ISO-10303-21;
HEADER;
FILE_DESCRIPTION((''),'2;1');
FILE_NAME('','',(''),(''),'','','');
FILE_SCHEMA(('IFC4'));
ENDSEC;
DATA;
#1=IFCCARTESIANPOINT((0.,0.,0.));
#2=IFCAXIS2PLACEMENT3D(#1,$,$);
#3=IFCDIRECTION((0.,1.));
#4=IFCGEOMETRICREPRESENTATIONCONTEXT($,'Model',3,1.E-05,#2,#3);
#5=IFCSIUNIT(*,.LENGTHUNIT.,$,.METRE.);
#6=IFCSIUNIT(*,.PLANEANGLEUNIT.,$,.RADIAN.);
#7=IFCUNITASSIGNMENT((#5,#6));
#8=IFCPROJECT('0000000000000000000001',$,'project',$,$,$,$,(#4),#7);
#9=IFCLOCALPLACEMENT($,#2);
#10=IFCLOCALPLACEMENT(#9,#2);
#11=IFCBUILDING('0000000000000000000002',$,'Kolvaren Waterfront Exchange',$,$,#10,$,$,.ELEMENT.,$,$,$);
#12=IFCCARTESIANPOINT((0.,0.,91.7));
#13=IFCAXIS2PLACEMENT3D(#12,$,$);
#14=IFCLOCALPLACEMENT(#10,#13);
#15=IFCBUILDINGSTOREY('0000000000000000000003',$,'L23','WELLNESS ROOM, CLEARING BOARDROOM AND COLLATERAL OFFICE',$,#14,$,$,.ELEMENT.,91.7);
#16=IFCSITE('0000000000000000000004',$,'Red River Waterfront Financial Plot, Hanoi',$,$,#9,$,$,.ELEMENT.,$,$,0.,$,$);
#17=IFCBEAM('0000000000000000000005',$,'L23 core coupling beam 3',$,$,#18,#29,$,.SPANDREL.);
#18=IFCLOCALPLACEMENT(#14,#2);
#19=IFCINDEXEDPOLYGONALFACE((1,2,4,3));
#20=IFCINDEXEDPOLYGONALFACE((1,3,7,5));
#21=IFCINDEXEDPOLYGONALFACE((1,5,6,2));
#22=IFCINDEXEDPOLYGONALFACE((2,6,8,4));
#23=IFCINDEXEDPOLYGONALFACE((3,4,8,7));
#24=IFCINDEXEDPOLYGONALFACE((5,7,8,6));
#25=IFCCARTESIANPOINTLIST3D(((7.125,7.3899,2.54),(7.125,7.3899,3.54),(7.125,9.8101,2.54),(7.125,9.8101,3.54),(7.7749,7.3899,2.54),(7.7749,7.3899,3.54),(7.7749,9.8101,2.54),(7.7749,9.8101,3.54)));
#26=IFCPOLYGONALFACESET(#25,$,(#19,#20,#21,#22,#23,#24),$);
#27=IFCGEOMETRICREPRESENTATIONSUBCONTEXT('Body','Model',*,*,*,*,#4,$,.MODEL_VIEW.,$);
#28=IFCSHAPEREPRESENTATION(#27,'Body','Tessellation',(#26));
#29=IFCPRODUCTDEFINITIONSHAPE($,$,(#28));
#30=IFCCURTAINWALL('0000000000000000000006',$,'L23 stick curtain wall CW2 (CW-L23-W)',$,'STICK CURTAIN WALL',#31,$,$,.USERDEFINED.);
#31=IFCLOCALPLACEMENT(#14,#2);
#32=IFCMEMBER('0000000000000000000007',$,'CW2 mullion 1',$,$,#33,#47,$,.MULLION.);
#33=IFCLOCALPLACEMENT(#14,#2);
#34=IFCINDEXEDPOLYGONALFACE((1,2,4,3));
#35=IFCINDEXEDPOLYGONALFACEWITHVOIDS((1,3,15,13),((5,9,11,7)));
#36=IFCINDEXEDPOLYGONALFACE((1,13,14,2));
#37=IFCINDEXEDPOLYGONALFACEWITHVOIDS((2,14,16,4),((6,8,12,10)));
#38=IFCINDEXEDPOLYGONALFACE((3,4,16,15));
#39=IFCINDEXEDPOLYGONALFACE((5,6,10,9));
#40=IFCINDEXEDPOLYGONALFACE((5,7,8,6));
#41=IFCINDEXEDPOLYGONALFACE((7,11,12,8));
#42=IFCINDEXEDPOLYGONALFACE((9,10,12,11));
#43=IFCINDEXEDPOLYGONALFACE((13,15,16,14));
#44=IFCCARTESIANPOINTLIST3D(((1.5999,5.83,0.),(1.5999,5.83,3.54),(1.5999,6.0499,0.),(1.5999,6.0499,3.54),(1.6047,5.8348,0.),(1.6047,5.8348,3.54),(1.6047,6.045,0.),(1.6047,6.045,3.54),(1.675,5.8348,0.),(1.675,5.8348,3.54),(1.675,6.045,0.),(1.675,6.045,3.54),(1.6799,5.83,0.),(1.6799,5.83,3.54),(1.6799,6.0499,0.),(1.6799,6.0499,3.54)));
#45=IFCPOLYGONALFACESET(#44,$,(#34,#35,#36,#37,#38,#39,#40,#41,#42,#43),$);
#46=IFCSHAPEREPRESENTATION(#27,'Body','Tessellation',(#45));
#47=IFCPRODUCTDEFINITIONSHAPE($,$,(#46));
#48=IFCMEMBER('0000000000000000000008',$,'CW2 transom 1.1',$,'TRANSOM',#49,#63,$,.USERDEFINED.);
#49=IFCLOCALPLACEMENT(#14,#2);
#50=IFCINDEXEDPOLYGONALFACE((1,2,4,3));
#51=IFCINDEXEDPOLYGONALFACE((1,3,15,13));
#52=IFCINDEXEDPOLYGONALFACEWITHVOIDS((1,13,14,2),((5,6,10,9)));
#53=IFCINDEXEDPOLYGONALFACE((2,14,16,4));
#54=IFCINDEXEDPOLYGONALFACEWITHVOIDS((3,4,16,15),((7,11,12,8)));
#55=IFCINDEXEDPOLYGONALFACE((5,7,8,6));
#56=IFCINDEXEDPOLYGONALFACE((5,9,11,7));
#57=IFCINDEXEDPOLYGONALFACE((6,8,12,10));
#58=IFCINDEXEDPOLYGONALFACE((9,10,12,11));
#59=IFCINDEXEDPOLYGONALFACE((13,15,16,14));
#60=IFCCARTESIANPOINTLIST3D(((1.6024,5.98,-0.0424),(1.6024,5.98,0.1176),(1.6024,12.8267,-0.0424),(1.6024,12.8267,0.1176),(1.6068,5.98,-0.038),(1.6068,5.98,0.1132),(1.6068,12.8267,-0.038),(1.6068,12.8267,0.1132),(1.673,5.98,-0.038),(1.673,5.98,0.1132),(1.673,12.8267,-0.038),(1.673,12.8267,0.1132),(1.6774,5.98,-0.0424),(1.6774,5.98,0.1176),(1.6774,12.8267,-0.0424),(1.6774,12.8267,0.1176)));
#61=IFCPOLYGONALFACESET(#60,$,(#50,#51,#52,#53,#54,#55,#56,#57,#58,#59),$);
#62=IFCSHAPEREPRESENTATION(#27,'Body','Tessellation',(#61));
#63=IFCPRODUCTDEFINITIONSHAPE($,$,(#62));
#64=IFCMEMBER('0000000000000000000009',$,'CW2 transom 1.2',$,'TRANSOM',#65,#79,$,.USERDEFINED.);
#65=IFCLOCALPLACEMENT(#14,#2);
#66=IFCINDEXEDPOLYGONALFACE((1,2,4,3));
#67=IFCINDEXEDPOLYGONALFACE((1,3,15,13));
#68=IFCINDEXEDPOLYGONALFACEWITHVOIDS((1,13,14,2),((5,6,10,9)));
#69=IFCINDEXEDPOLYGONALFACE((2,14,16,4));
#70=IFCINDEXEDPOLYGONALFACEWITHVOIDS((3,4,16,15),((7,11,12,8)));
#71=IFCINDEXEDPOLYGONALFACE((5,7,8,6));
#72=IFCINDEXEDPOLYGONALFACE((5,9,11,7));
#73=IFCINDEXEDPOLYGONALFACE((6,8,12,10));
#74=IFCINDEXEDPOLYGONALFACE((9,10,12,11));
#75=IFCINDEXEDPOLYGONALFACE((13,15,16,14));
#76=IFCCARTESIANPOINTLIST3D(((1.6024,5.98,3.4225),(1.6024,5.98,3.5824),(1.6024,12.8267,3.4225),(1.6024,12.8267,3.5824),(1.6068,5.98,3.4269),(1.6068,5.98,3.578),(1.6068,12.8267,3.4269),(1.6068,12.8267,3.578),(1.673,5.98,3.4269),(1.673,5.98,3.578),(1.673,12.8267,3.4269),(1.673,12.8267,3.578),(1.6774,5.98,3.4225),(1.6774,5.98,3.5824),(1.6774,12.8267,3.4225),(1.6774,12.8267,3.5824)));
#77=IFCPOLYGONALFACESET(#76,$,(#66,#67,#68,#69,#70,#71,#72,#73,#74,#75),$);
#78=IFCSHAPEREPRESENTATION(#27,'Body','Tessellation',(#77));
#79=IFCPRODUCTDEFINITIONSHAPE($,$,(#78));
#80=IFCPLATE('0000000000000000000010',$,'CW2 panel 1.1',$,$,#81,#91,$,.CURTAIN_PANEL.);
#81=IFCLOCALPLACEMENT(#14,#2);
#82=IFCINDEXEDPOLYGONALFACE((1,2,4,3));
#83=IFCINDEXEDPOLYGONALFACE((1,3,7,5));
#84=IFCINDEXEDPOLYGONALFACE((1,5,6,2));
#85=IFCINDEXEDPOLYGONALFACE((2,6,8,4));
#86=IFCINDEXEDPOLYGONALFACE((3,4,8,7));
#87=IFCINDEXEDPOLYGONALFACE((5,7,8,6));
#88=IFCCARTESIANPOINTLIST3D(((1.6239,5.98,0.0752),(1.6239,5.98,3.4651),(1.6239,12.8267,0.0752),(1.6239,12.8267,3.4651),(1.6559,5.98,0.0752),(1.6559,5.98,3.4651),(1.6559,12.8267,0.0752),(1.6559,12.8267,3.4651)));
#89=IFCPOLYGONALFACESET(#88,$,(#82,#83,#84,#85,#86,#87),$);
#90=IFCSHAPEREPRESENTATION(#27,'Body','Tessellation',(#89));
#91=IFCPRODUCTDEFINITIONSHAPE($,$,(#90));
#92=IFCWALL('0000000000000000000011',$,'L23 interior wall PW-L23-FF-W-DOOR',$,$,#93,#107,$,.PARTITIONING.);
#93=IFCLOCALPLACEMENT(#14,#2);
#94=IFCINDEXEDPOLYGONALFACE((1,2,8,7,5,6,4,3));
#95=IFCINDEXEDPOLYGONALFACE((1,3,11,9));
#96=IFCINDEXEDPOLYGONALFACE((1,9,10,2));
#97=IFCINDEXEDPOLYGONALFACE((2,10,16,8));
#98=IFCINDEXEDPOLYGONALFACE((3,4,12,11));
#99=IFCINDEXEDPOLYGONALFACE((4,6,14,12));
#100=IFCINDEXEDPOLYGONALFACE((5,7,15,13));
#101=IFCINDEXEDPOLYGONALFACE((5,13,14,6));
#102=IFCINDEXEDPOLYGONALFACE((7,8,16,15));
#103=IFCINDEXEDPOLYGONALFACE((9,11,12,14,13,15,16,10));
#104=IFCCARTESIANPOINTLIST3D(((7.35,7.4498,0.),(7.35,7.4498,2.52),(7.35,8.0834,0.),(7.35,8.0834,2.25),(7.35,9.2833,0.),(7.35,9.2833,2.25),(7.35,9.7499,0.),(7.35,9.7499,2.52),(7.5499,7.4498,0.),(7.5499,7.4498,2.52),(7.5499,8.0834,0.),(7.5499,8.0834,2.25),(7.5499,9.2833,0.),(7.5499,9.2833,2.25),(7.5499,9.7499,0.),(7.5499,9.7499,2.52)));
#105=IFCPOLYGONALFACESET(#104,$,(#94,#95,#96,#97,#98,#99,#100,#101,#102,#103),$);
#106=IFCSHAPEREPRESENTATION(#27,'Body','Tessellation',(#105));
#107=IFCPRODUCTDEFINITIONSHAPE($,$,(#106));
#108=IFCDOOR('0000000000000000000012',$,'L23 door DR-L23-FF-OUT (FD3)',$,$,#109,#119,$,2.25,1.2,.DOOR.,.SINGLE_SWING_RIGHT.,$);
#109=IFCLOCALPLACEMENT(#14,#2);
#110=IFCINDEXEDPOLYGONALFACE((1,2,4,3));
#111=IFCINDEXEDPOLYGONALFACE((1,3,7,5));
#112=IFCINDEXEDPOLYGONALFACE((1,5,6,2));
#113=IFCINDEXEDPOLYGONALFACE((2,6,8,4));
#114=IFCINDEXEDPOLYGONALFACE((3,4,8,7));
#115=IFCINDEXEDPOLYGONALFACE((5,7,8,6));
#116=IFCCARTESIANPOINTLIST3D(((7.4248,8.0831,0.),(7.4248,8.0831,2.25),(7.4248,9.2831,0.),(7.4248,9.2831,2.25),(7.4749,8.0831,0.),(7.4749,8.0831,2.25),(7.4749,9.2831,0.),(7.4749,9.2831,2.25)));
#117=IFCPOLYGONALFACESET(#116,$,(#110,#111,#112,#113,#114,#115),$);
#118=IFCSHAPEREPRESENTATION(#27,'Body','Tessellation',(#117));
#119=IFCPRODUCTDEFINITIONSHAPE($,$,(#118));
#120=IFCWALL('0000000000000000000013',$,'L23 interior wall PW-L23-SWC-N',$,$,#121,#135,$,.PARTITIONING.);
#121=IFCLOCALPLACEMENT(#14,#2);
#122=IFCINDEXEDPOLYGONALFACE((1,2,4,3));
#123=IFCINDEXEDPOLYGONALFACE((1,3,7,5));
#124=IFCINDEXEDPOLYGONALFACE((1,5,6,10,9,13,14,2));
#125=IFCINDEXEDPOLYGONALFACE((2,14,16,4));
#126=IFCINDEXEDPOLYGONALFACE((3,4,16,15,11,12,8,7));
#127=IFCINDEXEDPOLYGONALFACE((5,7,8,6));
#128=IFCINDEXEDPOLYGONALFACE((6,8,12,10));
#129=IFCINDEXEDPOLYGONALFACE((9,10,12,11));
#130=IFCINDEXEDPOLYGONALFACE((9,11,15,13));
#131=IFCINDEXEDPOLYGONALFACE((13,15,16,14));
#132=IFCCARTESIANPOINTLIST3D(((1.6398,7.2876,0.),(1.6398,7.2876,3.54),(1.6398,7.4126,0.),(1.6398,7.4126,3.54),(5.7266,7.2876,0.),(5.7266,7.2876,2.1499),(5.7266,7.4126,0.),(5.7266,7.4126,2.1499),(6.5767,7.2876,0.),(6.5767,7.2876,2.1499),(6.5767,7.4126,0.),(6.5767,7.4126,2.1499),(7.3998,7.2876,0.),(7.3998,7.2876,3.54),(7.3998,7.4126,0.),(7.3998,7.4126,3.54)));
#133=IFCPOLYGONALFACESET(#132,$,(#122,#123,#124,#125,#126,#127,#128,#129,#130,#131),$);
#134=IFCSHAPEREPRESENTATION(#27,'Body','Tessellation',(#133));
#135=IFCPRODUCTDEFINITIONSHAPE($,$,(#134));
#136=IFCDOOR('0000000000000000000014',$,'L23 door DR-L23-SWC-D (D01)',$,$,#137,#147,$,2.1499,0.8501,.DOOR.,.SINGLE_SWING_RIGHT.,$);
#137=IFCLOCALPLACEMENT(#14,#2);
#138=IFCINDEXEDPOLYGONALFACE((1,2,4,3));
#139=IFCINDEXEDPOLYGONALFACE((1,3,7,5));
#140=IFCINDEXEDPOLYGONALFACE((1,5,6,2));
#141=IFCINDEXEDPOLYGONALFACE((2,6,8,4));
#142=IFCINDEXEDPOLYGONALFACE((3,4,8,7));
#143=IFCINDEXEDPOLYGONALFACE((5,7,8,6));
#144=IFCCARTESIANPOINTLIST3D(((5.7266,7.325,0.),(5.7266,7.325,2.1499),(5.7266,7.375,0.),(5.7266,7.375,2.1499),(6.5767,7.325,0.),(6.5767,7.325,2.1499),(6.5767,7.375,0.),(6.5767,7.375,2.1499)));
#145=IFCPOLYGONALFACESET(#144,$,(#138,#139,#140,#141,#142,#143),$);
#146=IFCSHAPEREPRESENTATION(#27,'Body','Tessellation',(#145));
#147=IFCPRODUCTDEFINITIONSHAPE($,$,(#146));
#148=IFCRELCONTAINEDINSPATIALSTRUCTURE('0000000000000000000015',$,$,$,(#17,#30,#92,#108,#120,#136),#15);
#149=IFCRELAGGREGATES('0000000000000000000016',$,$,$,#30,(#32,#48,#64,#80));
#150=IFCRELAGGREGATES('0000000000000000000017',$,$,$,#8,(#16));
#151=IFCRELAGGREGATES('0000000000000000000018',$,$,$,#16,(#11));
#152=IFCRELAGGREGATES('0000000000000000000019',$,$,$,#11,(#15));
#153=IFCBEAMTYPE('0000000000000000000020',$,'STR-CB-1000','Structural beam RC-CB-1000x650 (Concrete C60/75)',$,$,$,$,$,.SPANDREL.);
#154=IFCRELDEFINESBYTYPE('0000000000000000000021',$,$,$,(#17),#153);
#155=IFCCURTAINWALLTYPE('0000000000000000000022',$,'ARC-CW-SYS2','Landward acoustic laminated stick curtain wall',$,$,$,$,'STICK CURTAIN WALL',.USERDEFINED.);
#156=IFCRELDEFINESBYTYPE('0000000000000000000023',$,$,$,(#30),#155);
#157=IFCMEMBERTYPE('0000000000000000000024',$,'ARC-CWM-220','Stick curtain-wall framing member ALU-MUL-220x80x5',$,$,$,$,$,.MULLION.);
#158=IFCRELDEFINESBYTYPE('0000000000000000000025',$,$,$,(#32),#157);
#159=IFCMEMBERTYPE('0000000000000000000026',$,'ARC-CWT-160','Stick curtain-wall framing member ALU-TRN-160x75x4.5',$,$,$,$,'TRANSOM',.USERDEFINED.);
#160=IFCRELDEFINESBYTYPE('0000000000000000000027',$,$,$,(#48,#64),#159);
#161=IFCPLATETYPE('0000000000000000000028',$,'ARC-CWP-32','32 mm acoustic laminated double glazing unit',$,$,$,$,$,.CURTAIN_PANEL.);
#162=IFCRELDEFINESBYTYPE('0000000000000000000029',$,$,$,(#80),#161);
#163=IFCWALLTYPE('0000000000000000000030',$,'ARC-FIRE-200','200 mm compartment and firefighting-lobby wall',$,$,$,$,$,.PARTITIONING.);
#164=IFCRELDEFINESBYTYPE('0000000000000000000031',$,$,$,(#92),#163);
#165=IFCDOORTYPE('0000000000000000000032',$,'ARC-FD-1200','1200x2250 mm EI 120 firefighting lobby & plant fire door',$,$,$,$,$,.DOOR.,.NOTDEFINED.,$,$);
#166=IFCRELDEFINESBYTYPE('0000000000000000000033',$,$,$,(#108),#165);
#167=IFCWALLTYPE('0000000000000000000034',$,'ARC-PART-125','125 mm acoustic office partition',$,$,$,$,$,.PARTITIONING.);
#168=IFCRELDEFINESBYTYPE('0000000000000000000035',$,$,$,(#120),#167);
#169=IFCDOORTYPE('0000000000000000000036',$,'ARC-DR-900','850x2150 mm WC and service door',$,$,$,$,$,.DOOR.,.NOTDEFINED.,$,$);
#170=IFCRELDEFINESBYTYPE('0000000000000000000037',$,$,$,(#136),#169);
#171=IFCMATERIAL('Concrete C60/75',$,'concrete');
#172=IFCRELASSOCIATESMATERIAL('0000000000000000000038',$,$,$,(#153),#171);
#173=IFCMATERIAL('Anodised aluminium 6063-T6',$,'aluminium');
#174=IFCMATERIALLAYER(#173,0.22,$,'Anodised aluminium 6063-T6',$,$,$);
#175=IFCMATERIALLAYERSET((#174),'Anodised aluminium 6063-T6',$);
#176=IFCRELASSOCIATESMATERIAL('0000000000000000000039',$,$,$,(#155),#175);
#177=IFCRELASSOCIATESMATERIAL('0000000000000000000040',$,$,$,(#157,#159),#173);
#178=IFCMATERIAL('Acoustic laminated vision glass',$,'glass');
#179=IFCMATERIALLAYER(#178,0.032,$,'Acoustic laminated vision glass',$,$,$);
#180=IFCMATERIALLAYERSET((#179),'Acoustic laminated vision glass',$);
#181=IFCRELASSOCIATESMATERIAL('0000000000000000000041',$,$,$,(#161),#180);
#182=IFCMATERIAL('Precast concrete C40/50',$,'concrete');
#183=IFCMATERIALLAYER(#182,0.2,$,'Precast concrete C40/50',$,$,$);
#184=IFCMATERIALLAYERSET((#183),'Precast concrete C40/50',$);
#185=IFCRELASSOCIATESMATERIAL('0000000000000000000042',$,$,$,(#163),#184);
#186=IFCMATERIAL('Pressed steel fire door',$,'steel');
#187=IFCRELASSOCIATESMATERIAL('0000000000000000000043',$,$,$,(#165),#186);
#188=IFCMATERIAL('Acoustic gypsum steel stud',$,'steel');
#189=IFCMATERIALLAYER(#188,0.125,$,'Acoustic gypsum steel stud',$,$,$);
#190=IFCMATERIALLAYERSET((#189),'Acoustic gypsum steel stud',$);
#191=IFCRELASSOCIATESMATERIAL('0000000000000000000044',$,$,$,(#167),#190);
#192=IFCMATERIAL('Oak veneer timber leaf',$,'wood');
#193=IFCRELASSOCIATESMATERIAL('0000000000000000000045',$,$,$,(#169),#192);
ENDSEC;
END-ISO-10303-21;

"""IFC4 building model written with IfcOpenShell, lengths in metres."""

from ifc_helpers import new_model, si_unit, direction, frame, frame_2d, origin, origin_with_axes, origin_2d, place, context, subcontext, project, spatial, rectangle, hollow_rectangle, extrude, source, transform, mapped, material, layer, layer_set, material_profile, profile_set, type_object, element, fill, aggregate, save


model = new_model("IFC4")

# Units and contexts
model_context = context("Model", 3, precision=1e-05, world=origin(), true_north=direction((0.0, 1.0)))
body_context = subcontext(model_context, "Body", "Model", "MODEL_VIEW")
ifc_project = project(units=[si_unit("LENGTHUNIT", "METRE"), si_unit("PLANEANGLEUNIT", "RADIAN")], contexts=[model_context])

# Site, building, storey
site_placement = place(None, origin())
site = spatial("IfcSite", under=ifc_project, at=site_placement, Name="Red River Waterfront Financial Plot, Hanoi", CompositionType="ELEMENT", RefElevation=0.0)
building_placement = place(site_placement, origin())
building = spatial("IfcBuilding", under=site, at=building_placement, Name="Kolvaren Waterfront Exchange", CompositionType="ELEMENT")
storey_placement = place(building_placement, frame((0.0, 0.0, 91.7)))
storey = spatial("IfcBuildingStorey", under=building, at=storey_placement, Name="L23", Description="WELLNESS ROOM, CLEARING BOARDROOM AND COLLATERAL OFFICE", CompositionType="ELEMENT", Elevation=91.7)

# Beam
ifc_material_1 = material(Name="Concrete C60/75", Category="concrete")
ifc_material_profile_1 = material_profile(ifc_material_1, rectangle(XDim=0.6499, YDim=1.0, at=origin_2d()), Name="RC-CB-1000x650")
ifc_profile_set_1 = profile_set([ifc_material_profile_1], Name="Concrete C60/75")
beam_type = type_object("IfcBeamType", Name="STR-CB-1000", Description="Structural beam RC-CB-1000x650 (Concrete C60/75)", PredefinedType="SPANDREL", material=ifc_profile_set_1)
beam_placement = place(storey_placement, frame((7.45, 7.3899, 3.04), z_axis=(0.0, 1.0, 0.0), x_axis=(-1.0, 0.0, 0.0)))
element("IfcBeam", 1, at=beam_placement, inside=storey, type_object=beam_type, Name="L23 core coupling beam 3", PredefinedType="SPANDREL", context=body_context, shape_type="SweptSolid", body=[
    extrude(rectangle(XDim=0.6499, YDim=1.0, at=origin_2d()), origin(), (0.0, 0.0, 1.0), 2.4202),
])

# Curtain wall, members, plate
ifc_material_2 = material(Name="Anodised aluminium 6063-T6", Category="aluminium")
ifc_layer_1 = layer(ifc_material_2, 0.22, Name="Anodised aluminium 6063-T6")
ifc_layer_set_1 = layer_set([ifc_layer_1], Name="Anodised aluminium 6063-T6")
curtain_wall_type = type_object("IfcCurtainWallType", Name="ARC-CW-SYS2", Description="Landward acoustic laminated stick curtain wall", ElementType="STICK CURTAIN WALL", PredefinedType="USERDEFINED", material=ifc_layer_set_1)
curtain_wall_placement = place(storey_placement, origin())
curtain_wall = element("IfcCurtainWall", 2, at=curtain_wall_placement, inside=storey, type_object=curtain_wall_type, Name="L23 stick curtain wall CW2 (CW-L23-W)", ObjectType="STICK CURTAIN WALL", PredefinedType="USERDEFINED")
ifc_material_profile_2 = material_profile(ifc_material_2, hollow_rectangle(XDim=0.0801, YDim=0.22, WallThickness=0.0049, at=origin_2d()), Name="ALU-MUL-220x80x5")
ifc_profile_set_2 = profile_set([ifc_material_profile_2], Name="Anodised aluminium 6063-T6")
member_type_1 = type_object("IfcMemberType", Name="ARC-CWM-220", Description="Stick curtain-wall framing member ALU-MUL-220x80x5", PredefinedType="MULLION", material=ifc_profile_set_2)
shared_shape_1 = source(origin_with_axes(), body_context, "Body", "SweptSolid", [
    extrude(hollow_rectangle(XDim=0.0801, YDim=0.22, WallThickness=0.0049, at=origin_2d()), origin(), (0.0, 0.0, 1.0), 3.54),
])
member_1_placement = place(storey_placement, frame((1.6399, 5.9399, 0.0), z_axis=(0.0, 0.0, 1.0), x_axis=(-1.0, 0.0, 0.0)))
member_1 = element("IfcMember", 3, at=member_1_placement, type_object=member_type_1, Name="CW2 mullion 1", PredefinedType="MULLION", context=body_context, shape_type="MappedRepresentation", body=[
    mapped(shared_shape_1, transform((0.0, 0.0, 0.0), x_axis=(1.0, 0.0, 0.0), y_axis=(0.0, 1.0, 0.0), z_axis=(0.0, 0.0, 1.0), scale=1.0)),
])
ifc_material_profile_3 = material_profile(ifc_material_2, hollow_rectangle(XDim=0.075, YDim=0.1599, WallThickness=0.0044, at=origin_2d()), Name="ALU-TRN-160x75x4.5")
ifc_profile_set_3 = profile_set([ifc_material_profile_3], Name="Anodised aluminium 6063-T6")
member_type_2 = type_object("IfcMemberType", Name="ARC-CWT-160", Description="Stick curtain-wall framing member ALU-TRN-160x75x4.5", ElementType="TRANSOM", PredefinedType="USERDEFINED", material=ifc_profile_set_3)
shared_shape_2 = source(origin_with_axes(), body_context, "Body", "SweptSolid", [
    extrude(hollow_rectangle(XDim=0.075, YDim=0.1599, WallThickness=0.0044, at=origin_2d()), origin(), (0.0, 0.0, 1.0), 6.8467),
])
member_2_placement = place(storey_placement, frame((1.6399, 5.98, 0.0376), z_axis=(0.0, 1.0, 0.0), x_axis=(-1.0, 0.0, 0.0)))
member_2 = element("IfcMember", 4, at=member_2_placement, type_object=member_type_2, Name="CW2 transom 1.1", ObjectType="TRANSOM", PredefinedType="USERDEFINED", context=body_context, shape_type="MappedRepresentation", body=[
    mapped(shared_shape_2, transform((0.0, 0.0, 0.0), x_axis=(1.0, 0.0, 0.0), y_axis=(0.0, 1.0, 0.0), z_axis=(0.0, 0.0, 1.0), scale=1.0)),
])
member_3_placement = place(storey_placement, frame((1.6399, 5.98, 3.5024), z_axis=(0.0, 1.0, 0.0), x_axis=(-1.0, 0.0, 0.0)))
member_3 = element("IfcMember", 5, at=member_3_placement, type_object=member_type_2, Name="CW2 transom 1.2", ObjectType="TRANSOM", PredefinedType="USERDEFINED", context=body_context, shape_type="MappedRepresentation", body=[
    mapped(shared_shape_2, transform((0.0, 0.0, 0.0), x_axis=(1.0, 0.0, 0.0), y_axis=(0.0, 1.0, 0.0), z_axis=(0.0, 0.0, 1.0), scale=1.0)),
])
ifc_material_3 = material(Name="Acoustic laminated vision glass", Category="glass")
ifc_layer_2 = layer(ifc_material_3, 0.032, Name="Acoustic laminated vision glass")
ifc_layer_set_2 = layer_set([ifc_layer_2], Name="Acoustic laminated vision glass")
plate_type = type_object("IfcPlateType", Name="ARC-CWP-32", Description="32 mm acoustic laminated double glazing unit", PredefinedType="CURTAIN_PANEL", material=ifc_layer_set_2)
shared_shape_3 = source(origin_with_axes(), body_context, "Body", "SweptSolid", [
    extrude(rectangle(XDim=6.8467, YDim=0.032, at=origin_2d()), origin(), (0.0, 0.0, 1.0), 3.3899),
])
plate_placement = place(storey_placement, frame((1.6399, 9.4033, 0.0752), z_axis=(0.0, 0.0, 1.0), x_axis=(0.0, 1.0, 0.0)))
plate = element("IfcPlate", 6, at=plate_placement, type_object=plate_type, Name="CW2 panel 1.1", PredefinedType="CURTAIN_PANEL", context=body_context, shape_type="MappedRepresentation", body=[
    mapped(shared_shape_3, transform((0.0, 0.0, 0.0), x_axis=(1.0, 0.0, 0.0), y_axis=(0.0, 1.0, 0.0), z_axis=(0.0, 0.0, 1.0), scale=1.0)),
])
aggregate(curtain_wall, [member_1, member_2, member_3, plate])

# Walls, openings, doors
ifc_material_4 = material(Name="Precast concrete C40/50", Category="concrete")
ifc_layer_3 = layer(ifc_material_4, 0.2, Name="Precast concrete C40/50")
ifc_layer_set_3 = layer_set([ifc_layer_3], Name="Precast concrete C40/50")
wall_type_1 = type_object("IfcWallType", Name="ARC-FIRE-200", Description="200 mm compartment and firefighting-lobby wall", PredefinedType="PARTITIONING", material=ifc_layer_set_3)
wall_1_placement = place(storey_placement, frame((7.45, 7.45, 0.0), z_axis=(0.0, 0.0, 1.0), x_axis=(0.0, 1.0, 0.0)))
wall_1 = element("IfcWall", 7, at=wall_1_placement, inside=storey, type_object=wall_type_1, Name="L23 interior wall PW-L23-FF-W-DOOR", PredefinedType="PARTITIONING", context=body_context, shape_type="SweptSolid", body=[
    extrude(rectangle(XDim=2.3, YDim=0.2, at=frame_2d((1.1499, 0.0))), origin(), (0.0, 0.0, 1.0), 2.52),
])
opening_1_placement = place(wall_1_placement, frame((0.6333, 0.0, 0.0)))
opening_1 = element("IfcOpeningElement", 8, at=opening_1_placement, cuts=wall_1, PredefinedType="OPENING", context=body_context, shape_type="SweptSolid", body=[
    extrude(rectangle(XDim=1.2, YDim=2.25, at=frame_2d((0.6001, 1.125))), frame((0.0, 0.1099, 0.0), z_axis=(0.0, -1.0, 0.0), x_axis=(1.0, 0.0, 0.0)), (0.0, 0.0, 1.0), 0.22),
])
ifc_material_5 = material(Name="Pressed steel fire door", Category="steel")
door_type_1 = type_object("IfcDoorType", Name="ARC-FD-1200", Description="1200x2250 mm EI 120 firefighting lobby & plant fire door", OperationType="NOTDEFINED", PredefinedType="DOOR", material=ifc_material_5)
door_1_placement = place(opening_1_placement, frame((1.2, 0.0, 0.0), z_axis=(0.0, 0.0, 1.0), x_axis=(-1.0, 0.0, 0.0)))
door_1 = element("IfcDoor", 9, at=door_1_placement, inside=storey, type_object=door_type_1, Name="L23 door DR-L23-FF-OUT (FD3)", OperationType="SINGLE_SWING_RIGHT", OverallHeight=2.25, OverallWidth=1.2, PredefinedType="DOOR", context=body_context, shape_type="SweptSolid", body=[
    extrude(rectangle(XDim=1.2, YDim=2.25, at=frame_2d((0.6001, 1.125))), frame((0.0, 0.0249, 0.0), z_axis=(0.0, -1.0, 0.0), x_axis=(1.0, 0.0, 0.0)), (0.0, 0.0, 1.0), 0.05),
])
fill(opening_1, door_1)
ifc_material_6 = material(Name="Acoustic gypsum steel stud", Category="steel")
ifc_layer_4 = layer(ifc_material_6, 0.125, Name="Acoustic gypsum steel stud")
ifc_layer_set_4 = layer_set([ifc_layer_4], Name="Acoustic gypsum steel stud")
wall_type_2 = type_object("IfcWallType", Name="ARC-PART-125", Description="125 mm acoustic office partition", PredefinedType="PARTITIONING", material=ifc_layer_set_4)
wall_2_placement = place(storey_placement, frame((1.6399, 7.3501, 0.0), z_axis=(0.0, 0.0, 1.0), x_axis=(1.0, 0.0, 0.0)))
wall_2 = element("IfcWall", 10, at=wall_2_placement, inside=storey, type_object=wall_type_2, Name="L23 interior wall PW-L23-SWC-N", PredefinedType="PARTITIONING", context=body_context, shape_type="SweptSolid", body=[
    extrude(rectangle(XDim=5.76, YDim=0.125, at=frame_2d((2.8799, 0.0))), origin(), (0.0, 0.0, 1.0), 3.54),
])
opening_2_placement = place(wall_2_placement, frame((4.0867, 0.0, 0.0)))
opening_2 = element("IfcOpeningElement", 11, at=opening_2_placement, cuts=wall_2, PredefinedType="OPENING", context=body_context, shape_type="SweptSolid", body=[
    extrude(rectangle(XDim=0.8501, YDim=2.1499, at=frame_2d((0.425, 1.075))), frame((0.0, 0.0725, 0.0), z_axis=(0.0, -1.0, 0.0), x_axis=(1.0, 0.0, 0.0)), (0.0, 0.0, 1.0), 0.145),
])
ifc_material_7 = material(Name="Oak veneer timber leaf", Category="wood")
door_type_2 = type_object("IfcDoorType", Name="ARC-DR-900", Description="850x2150 mm WC and service door", OperationType="NOTDEFINED", PredefinedType="DOOR", material=ifc_material_7)
door_2_placement = place(opening_2_placement, origin())
door_2 = element("IfcDoor", 12, at=door_2_placement, inside=storey, type_object=door_type_2, Name="L23 door DR-L23-SWC-D (D01)", OperationType="SINGLE_SWING_RIGHT", OverallHeight=2.1499, OverallWidth=0.8501, PredefinedType="DOOR", context=body_context, shape_type="SweptSolid", body=[
    extrude(rectangle(XDim=0.8501, YDim=2.1499, at=frame_2d((0.425, 1.075))), frame((0.0, 0.0249, 0.0), z_axis=(0.0, -1.0, 0.0), x_axis=(1.0, 0.0, 0.0)), (0.0, 0.0, 1.0), 0.05),
])
fill(opening_2, door_2)

save(model, "model.ifc")
